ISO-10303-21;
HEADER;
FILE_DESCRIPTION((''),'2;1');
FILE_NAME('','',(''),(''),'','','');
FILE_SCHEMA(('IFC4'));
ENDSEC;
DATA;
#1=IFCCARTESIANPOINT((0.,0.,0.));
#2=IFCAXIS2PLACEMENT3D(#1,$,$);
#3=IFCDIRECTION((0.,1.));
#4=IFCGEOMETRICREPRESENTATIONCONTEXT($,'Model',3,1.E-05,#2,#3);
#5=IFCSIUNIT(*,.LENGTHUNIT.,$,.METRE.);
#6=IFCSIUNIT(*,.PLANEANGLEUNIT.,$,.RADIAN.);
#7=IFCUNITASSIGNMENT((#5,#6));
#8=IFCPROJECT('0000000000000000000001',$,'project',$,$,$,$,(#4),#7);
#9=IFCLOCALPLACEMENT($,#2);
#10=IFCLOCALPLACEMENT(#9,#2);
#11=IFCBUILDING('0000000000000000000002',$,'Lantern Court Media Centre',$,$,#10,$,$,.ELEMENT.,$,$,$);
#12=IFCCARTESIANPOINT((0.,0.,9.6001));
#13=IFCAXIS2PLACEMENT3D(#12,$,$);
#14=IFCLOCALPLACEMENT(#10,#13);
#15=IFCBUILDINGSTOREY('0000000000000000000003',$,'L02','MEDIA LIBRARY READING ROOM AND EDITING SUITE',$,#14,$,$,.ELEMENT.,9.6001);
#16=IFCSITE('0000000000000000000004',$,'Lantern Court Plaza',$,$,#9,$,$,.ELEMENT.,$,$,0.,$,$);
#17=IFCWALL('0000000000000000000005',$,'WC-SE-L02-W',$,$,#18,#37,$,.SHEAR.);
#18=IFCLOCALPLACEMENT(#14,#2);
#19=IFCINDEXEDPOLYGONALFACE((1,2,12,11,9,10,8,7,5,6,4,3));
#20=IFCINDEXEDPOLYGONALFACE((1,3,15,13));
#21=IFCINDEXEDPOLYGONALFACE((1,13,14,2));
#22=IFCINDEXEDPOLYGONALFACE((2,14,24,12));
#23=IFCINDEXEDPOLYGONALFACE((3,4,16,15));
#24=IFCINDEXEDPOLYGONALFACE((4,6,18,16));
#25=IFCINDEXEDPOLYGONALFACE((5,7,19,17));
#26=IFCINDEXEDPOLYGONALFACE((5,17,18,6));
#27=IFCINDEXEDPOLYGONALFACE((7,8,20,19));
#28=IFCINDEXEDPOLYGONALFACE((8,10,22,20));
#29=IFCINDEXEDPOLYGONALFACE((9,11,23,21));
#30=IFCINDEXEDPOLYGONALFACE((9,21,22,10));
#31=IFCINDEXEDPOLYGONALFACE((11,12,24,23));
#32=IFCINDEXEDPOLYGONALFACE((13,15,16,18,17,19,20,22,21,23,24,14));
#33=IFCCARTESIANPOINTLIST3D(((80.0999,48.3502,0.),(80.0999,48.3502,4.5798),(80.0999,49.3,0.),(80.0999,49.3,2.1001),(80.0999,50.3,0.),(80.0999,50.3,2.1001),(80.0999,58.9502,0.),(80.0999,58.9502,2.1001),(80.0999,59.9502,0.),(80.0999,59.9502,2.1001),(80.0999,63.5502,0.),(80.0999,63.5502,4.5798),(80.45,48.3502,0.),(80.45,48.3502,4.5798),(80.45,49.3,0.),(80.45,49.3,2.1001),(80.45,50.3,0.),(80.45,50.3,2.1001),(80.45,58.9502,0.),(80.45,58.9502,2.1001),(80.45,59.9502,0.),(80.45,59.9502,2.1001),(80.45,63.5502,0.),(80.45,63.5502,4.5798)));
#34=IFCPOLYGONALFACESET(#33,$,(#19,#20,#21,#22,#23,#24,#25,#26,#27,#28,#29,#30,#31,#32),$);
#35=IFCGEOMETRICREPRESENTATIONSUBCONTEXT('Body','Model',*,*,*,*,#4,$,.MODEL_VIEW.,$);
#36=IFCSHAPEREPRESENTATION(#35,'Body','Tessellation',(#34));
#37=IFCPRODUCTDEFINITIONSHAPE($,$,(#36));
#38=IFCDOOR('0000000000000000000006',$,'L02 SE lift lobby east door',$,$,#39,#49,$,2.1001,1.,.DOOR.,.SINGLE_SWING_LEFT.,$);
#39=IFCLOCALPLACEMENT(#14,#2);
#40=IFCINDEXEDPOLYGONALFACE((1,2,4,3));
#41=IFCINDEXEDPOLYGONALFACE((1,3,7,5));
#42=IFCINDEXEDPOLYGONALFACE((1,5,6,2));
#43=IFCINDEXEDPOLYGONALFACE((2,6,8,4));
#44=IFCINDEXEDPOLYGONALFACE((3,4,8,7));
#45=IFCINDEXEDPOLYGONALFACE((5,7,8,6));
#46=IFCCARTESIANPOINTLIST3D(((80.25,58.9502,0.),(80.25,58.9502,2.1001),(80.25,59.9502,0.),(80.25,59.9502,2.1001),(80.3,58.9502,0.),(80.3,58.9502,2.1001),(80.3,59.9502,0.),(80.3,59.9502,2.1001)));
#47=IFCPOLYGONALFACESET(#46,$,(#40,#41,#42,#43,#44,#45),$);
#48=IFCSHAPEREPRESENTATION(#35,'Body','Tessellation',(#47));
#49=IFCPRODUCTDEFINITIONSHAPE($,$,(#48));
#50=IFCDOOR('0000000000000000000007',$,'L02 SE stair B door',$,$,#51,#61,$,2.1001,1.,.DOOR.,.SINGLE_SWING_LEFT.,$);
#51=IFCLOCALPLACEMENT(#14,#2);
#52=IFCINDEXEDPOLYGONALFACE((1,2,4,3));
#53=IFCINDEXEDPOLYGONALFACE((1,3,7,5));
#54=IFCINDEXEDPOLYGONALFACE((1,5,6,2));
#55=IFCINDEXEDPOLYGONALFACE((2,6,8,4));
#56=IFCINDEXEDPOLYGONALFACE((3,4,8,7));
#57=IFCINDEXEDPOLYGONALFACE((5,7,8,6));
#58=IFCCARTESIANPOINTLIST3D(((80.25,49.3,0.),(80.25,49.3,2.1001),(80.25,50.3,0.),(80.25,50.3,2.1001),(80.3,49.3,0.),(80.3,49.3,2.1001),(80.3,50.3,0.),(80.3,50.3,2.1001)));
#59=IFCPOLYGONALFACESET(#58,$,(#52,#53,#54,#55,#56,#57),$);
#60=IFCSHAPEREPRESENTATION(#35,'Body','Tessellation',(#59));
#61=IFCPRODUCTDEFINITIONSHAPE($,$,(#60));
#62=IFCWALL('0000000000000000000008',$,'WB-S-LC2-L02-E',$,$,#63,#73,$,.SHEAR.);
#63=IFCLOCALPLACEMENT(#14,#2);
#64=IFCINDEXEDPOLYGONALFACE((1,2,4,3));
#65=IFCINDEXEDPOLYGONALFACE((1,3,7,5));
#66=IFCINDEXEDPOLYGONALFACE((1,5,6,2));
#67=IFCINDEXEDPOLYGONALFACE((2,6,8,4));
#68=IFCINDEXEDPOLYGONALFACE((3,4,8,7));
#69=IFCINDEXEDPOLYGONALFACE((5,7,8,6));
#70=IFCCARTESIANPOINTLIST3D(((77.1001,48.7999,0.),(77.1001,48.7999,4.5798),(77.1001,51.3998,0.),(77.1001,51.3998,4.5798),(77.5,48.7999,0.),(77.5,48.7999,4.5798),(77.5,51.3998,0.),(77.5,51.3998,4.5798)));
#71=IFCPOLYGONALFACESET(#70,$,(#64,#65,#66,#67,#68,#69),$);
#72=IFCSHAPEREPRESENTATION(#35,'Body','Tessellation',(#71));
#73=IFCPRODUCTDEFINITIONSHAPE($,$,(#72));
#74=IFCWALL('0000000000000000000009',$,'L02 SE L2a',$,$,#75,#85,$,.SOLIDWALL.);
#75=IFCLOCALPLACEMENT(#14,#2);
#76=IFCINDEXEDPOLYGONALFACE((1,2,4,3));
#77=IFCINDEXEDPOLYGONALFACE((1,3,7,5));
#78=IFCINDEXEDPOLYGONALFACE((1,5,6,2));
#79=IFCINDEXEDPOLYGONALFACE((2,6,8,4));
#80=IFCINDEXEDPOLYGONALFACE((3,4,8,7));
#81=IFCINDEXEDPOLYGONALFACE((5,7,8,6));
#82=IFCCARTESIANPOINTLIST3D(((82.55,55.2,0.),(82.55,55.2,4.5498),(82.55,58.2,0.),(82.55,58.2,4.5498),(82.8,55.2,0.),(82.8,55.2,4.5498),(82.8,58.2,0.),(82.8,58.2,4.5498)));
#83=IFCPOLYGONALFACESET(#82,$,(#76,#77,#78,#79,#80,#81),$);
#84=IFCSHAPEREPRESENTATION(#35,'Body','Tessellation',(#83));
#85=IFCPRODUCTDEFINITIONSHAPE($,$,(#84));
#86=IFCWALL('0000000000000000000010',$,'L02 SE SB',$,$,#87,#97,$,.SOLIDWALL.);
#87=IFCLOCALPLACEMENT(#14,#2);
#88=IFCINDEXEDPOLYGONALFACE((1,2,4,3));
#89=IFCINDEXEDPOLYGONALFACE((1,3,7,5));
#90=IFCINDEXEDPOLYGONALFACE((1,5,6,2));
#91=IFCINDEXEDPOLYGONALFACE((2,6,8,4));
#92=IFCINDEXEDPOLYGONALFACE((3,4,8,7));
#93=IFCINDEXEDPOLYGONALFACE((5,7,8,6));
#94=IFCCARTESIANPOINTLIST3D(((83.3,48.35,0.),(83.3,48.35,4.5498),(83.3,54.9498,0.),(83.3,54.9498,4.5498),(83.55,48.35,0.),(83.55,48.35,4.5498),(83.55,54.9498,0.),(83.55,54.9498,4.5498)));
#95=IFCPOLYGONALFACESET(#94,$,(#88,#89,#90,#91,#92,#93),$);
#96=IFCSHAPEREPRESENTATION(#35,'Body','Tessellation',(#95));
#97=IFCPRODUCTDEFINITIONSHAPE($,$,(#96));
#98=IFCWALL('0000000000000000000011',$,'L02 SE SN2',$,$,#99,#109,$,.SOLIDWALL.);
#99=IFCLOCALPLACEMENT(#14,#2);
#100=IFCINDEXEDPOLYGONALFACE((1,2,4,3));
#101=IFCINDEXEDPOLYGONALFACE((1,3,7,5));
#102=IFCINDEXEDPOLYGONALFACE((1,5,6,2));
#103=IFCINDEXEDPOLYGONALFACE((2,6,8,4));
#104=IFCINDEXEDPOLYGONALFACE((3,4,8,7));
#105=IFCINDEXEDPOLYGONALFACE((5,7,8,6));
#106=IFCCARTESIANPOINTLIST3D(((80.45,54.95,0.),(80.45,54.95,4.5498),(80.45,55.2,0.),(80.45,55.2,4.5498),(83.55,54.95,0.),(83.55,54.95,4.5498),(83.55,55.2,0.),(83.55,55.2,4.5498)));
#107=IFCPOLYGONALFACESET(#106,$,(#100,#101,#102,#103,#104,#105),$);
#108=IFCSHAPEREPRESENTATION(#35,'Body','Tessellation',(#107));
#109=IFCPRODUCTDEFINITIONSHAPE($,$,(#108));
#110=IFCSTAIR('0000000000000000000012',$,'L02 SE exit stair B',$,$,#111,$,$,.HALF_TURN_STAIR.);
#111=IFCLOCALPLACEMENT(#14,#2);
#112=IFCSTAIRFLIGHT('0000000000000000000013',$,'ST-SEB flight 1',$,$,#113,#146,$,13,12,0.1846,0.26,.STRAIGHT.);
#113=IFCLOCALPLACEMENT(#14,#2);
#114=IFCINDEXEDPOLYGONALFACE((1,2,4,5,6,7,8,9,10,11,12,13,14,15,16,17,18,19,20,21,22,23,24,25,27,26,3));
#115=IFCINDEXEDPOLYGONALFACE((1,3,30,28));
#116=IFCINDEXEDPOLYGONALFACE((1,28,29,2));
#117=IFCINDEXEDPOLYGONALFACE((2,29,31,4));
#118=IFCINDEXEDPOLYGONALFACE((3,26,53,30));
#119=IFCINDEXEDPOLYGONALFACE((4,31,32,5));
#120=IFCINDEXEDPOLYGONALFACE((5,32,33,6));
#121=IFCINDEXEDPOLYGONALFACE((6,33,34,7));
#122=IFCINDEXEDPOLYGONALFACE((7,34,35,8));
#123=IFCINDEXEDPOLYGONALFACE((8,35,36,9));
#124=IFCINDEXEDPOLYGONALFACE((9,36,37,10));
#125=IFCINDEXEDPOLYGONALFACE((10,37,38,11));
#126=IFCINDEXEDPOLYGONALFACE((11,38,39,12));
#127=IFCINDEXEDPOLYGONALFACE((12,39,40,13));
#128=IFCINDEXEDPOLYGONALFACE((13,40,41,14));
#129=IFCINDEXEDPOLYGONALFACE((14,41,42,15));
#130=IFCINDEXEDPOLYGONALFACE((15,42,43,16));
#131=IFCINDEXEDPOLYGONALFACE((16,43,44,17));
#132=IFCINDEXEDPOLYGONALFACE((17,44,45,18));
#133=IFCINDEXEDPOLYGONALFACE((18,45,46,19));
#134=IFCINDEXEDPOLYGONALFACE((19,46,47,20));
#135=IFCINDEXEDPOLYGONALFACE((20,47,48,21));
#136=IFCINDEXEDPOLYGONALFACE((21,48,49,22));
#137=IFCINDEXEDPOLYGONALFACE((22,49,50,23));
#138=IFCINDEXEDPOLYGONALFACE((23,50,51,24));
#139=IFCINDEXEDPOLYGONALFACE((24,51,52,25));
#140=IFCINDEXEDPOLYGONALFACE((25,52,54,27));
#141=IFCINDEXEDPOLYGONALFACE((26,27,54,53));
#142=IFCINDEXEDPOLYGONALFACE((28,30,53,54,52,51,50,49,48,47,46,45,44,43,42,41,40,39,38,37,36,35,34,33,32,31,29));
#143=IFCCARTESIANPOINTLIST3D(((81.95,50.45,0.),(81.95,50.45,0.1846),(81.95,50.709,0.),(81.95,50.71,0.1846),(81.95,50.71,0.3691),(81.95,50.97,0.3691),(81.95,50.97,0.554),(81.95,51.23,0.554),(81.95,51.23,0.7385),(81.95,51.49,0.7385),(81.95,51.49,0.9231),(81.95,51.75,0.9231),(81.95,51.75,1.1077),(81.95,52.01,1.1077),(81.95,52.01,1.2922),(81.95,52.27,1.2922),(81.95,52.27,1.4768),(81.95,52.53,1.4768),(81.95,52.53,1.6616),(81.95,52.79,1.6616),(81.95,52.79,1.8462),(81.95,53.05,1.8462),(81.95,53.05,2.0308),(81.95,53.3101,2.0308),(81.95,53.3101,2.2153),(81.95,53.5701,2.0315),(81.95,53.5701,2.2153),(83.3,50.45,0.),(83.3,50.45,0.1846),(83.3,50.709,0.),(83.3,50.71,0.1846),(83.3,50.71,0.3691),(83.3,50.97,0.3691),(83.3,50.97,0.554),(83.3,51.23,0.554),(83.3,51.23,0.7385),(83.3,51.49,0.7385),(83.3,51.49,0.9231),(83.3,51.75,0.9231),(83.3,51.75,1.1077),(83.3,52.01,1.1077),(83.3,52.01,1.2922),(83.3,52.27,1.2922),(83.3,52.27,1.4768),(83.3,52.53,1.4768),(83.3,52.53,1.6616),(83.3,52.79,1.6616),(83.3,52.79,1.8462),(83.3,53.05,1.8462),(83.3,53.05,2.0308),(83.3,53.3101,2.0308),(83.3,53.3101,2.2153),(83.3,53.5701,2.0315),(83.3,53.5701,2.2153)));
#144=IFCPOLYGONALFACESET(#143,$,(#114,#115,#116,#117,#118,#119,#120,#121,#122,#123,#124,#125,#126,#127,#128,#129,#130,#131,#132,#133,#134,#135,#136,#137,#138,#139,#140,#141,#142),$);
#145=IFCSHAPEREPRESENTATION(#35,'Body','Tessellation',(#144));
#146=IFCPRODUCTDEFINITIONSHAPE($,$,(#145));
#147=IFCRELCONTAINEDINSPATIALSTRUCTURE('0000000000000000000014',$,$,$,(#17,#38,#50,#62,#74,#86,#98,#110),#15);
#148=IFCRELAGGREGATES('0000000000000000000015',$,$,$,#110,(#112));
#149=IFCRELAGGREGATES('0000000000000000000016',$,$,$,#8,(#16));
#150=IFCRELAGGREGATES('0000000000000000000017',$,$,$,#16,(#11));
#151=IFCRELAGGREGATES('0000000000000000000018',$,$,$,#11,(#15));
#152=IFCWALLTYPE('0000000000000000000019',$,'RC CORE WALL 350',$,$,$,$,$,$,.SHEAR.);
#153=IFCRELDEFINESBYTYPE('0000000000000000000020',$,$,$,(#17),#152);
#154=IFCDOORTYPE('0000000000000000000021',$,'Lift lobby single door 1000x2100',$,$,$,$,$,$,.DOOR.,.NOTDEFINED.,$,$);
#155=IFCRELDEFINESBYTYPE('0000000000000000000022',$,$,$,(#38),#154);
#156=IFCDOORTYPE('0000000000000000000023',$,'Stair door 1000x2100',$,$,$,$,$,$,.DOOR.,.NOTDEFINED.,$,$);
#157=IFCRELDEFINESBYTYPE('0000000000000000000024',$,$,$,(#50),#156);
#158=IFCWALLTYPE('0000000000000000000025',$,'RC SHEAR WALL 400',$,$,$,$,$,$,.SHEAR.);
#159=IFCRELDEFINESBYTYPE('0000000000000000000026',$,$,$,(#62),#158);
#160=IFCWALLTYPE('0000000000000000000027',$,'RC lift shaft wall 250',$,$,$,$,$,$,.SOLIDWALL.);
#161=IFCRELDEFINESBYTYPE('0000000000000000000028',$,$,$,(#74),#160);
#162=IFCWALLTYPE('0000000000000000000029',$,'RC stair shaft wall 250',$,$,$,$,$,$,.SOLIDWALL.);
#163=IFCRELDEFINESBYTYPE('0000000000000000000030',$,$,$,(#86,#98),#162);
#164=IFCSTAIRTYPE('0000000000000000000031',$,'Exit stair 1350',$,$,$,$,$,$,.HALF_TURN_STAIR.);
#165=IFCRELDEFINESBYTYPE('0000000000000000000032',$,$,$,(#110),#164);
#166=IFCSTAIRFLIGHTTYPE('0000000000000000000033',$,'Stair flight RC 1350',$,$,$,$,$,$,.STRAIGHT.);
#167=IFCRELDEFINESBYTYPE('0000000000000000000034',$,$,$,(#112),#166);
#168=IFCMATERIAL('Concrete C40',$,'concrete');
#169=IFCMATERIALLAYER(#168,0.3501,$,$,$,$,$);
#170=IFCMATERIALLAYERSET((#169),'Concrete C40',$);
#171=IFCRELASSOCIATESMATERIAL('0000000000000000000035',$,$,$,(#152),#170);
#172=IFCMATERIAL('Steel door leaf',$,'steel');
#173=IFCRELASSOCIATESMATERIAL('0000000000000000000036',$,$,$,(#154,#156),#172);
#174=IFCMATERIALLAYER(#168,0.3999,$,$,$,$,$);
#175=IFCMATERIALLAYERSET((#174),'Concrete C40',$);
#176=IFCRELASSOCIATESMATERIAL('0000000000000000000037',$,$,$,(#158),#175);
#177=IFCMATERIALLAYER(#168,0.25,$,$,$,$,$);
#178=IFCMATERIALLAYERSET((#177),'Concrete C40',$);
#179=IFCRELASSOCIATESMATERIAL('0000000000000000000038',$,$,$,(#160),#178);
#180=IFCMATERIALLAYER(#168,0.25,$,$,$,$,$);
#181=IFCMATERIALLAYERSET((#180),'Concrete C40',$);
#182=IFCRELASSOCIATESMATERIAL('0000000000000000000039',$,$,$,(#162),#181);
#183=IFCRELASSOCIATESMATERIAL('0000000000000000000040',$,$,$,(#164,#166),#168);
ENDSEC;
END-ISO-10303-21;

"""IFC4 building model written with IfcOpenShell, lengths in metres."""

from ifc_helpers import new_model, si_unit, direction, frame, frame_2d, origin, place, context, subcontext, project, spatial, polyline, rectangle, outline, extrude, material, layer, layer_set, type_object, element, fill, aggregate, save


model = new_model("IFC4")

# Units and contexts
model_context = context("Model", 3, precision=1e-05, world=origin(), true_north=direction((0.0, 1.0)))
body_context = subcontext(model_context, "Body", "Model", "MODEL_VIEW")
ifc_project = project(units=[si_unit("LENGTHUNIT", "METRE"), si_unit("PLANEANGLEUNIT", "RADIAN")], contexts=[model_context])

# Site, building, storey
site_placement = place(None, origin())
site = spatial("IfcSite", under=ifc_project, at=site_placement, Name="Lantern Court Plaza", CompositionType="ELEMENT", RefElevation=0.0)
building_placement = place(site_placement, origin())
building = spatial("IfcBuilding", under=site, at=building_placement, Name="Lantern Court Media Centre", CompositionType="ELEMENT")
storey_placement = place(building_placement, frame((0.0, 0.0, 9.6001)))
storey = spatial("IfcBuildingStorey", under=building, at=storey_placement, Name="L02", Description="MEDIA LIBRARY READING ROOM AND EDITING SUITE", CompositionType="ELEMENT", Elevation=9.6001)

# Shared definitions
ifc_material_1 = material(Name="Concrete C40", Category="concrete")
ifc_layer_1 = layer(ifc_material_1, 0.3501)
ifc_layer_set_1 = layer_set([ifc_layer_1], Name="Concrete C40")
wall_type_1 = type_object("IfcWallType", Name="RC CORE WALL 350", PredefinedType="SHEAR", material=ifc_layer_set_1)

# Wall, openings, doors
wall_1_placement = place(storey_placement, frame((80.2749, 48.3501, 0.0), z_axis=(0.0, 0.0, 1.0), x_axis=(0.0, 1.0, 0.0)))
wall_1 = element("IfcWall", 1, at=wall_1_placement, inside=storey, type_object=wall_type_1, Name="WC-SE-L02-W", PredefinedType="SHEAR", context=body_context, shape_type="SweptSolid", body=[
    extrude(rectangle(XDim=15.2, YDim=0.3501, at=frame_2d((7.6001, 0.0))), origin(), (0.0, 0.0, 1.0), 4.5798),
])
opening_1_placement = place(wall_1_placement, frame((0.95, 0.0, 0.0)))
opening_1 = element("IfcOpeningElement", 2, at=opening_1_placement, cuts=wall_1, PredefinedType="OPENING", context=body_context, shape_type="SweptSolid", body=[
    extrude(rectangle(XDim=1.0, YDim=2.1001, at=frame_2d((0.5, 1.05))), frame((0.0, 0.1851, 0.0), z_axis=(0.0, -1.0, 0.0), x_axis=(1.0, 0.0, 0.0)), (0.0, 0.0, 1.0), 0.3701),
])
opening_2_placement = place(wall_1_placement, frame((10.6001, 0.0, 0.0)))
opening_2 = element("IfcOpeningElement", 3, at=opening_2_placement, cuts=wall_1, PredefinedType="OPENING", context=body_context, shape_type="SweptSolid", body=[
    extrude(rectangle(XDim=1.0, YDim=2.1001, at=frame_2d((0.5, 1.05))), frame((0.0, 0.1851, 0.0), z_axis=(0.0, -1.0, 0.0), x_axis=(1.0, 0.0, 0.0)), (0.0, 0.0, 1.0), 0.3701),
])
ifc_material_2 = material(Name="Steel door leaf", Category="steel")
door_type_1 = type_object("IfcDoorType", Name="Lift lobby single door 1000x2100", OperationType="NOTDEFINED", PredefinedType="DOOR", material=ifc_material_2)
door_1_placement = place(opening_2_placement, origin())
door_1 = element("IfcDoor", 4, at=door_1_placement, inside=storey, type_object=door_type_1, Name="L02 SE lift lobby east door", OperationType="SINGLE_SWING_LEFT", OverallHeight=2.1001, OverallWidth=1.0, PredefinedType="DOOR", context=body_context, shape_type="SweptSolid", body=[
    extrude(rectangle(XDim=1.0, YDim=2.1001, at=frame_2d((0.5, 1.05))), frame((0.0, 0.0249, 0.0), z_axis=(0.0, -1.0, 0.0), x_axis=(1.0, 0.0, 0.0)), (0.0, 0.0, 1.0), 0.05),
])
fill(opening_2, door_1)
door_type_2 = type_object("IfcDoorType", Name="Stair door 1000x2100", OperationType="NOTDEFINED", PredefinedType="DOOR", material=ifc_material_2)
door_2_placement = place(opening_1_placement, origin())
door_2 = element("IfcDoor", 5, at=door_2_placement, inside=storey, type_object=door_type_2, Name="L02 SE stair B door", OperationType="SINGLE_SWING_LEFT", OverallHeight=2.1001, OverallWidth=1.0, PredefinedType="DOOR", context=body_context, shape_type="SweptSolid", body=[
    extrude(rectangle(XDim=1.0, YDim=2.1001, at=frame_2d((0.5, 1.05))), frame((0.0, 0.0249, 0.0), z_axis=(0.0, -1.0, 0.0), x_axis=(1.0, 0.0, 0.0)), (0.0, 0.0, 1.0), 0.05),
])
fill(opening_1, door_2)

# Walls
ifc_layer_2 = layer(ifc_material_1, 0.3999)
ifc_layer_set_2 = layer_set([ifc_layer_2], Name="Concrete C40")
wall_type_2 = type_object("IfcWallType", Name="RC SHEAR WALL 400", PredefinedType="SHEAR", material=ifc_layer_set_2)
wall_2_placement = place(storey_placement, frame((77.3, 48.8, 0.0), z_axis=(0.0, 0.0, 1.0), x_axis=(0.0, 1.0, 0.0)))
element("IfcWall", 6, at=wall_2_placement, inside=storey, type_object=wall_type_2, Name="WB-S-LC2-L02-E", PredefinedType="SHEAR", context=body_context, shape_type="SweptSolid", body=[
    extrude(rectangle(XDim=2.5999, YDim=0.3999, at=frame_2d((1.2998, 0.0))), origin(), (0.0, 0.0, 1.0), 4.5798),
])
ifc_layer_3 = layer(ifc_material_1, 0.25)
ifc_layer_set_3 = layer_set([ifc_layer_3], Name="Concrete C40")
wall_type_3 = type_object("IfcWallType", Name="RC lift shaft wall 250", PredefinedType="SOLIDWALL", material=ifc_layer_set_3)
wall_3_placement = place(storey_placement, frame((82.675, 55.2, 0.0), z_axis=(0.0, 0.0, 1.0), x_axis=(0.0, 1.0, 0.0)))
element("IfcWall", 7, at=wall_3_placement, inside=storey, type_object=wall_type_3, Name="L02 SE L2a", PredefinedType="SOLIDWALL", context=body_context, shape_type="SweptSolid", body=[
    extrude(rectangle(XDim=3.0, YDim=0.25, at=frame_2d((1.5, 0.0))), origin(), (0.0, 0.0, 1.0), 4.5498),
])
ifc_layer_4 = layer(ifc_material_1, 0.25)
ifc_layer_set_4 = layer_set([ifc_layer_4], Name="Concrete C40")
wall_type_4 = type_object("IfcWallType", Name="RC stair shaft wall 250", PredefinedType="SOLIDWALL", material=ifc_layer_set_4)
wall_4_placement = place(storey_placement, frame((83.425, 48.3501, 0.0), z_axis=(0.0, 0.0, 1.0), x_axis=(0.0, 1.0, 0.0)))
element("IfcWall", 8, at=wall_4_placement, inside=storey, type_object=wall_type_4, Name="L02 SE SB", PredefinedType="SOLIDWALL", context=body_context, shape_type="SweptSolid", body=[
    extrude(rectangle(XDim=6.5999, YDim=0.25, at=frame_2d((3.2998, 0.0))), origin(), (0.0, 0.0, 1.0), 4.5498),
])
wall_5_placement = place(storey_placement, frame((83.55, 55.075, 0.0), z_axis=(0.0, 0.0, 1.0), x_axis=(-1.0, 0.0, 0.0)))
element("IfcWall", 9, at=wall_5_placement, inside=storey, type_object=wall_type_4, Name="L02 SE SN2", PredefinedType="SOLIDWALL", context=body_context, shape_type="SweptSolid", body=[
    extrude(rectangle(XDim=3.1001, YDim=0.25, at=frame_2d((1.55, 0.0))), origin(), (0.0, 0.0, 1.0), 4.5498),
])

# Stair, stair flight
stair_type = type_object("IfcStairType", Name="Exit stair 1350", PredefinedType="HALF_TURN_STAIR", material=ifc_material_1)
stair_placement = place(storey_placement, origin())
stair = element("IfcStair", 10, at=stair_placement, inside=storey, type_object=stair_type, Name="L02 SE exit stair B", PredefinedType="HALF_TURN_STAIR")
stair_flight_type = type_object("IfcStairFlightType", Name="Stair flight RC 1350", PredefinedType="STRAIGHT", material=ifc_material_1)
stair_flight_1_placement = place(storey_placement, frame((82.625, 50.45, 0.0), z_axis=(0.0, 0.0, 1.0), x_axis=(0.0, 1.0, 0.0)))
stair_flight_1 = element("IfcStairFlight", 11, at=stair_flight_1_placement, type_object=stair_flight_type, Name="ST-SEB flight 1", NumberOfRisers=13, NumberOfTreads=12, PredefinedType="STRAIGHT", RiserHeight=0.1846, TreadLength=0.26, context=body_context, shape_type="SweptSolid", body=[
    extrude(outline(polyline([(0.0, 0.0), (0.0, 0.1846), (0.26, 0.1846), (0.26, 0.3691), (0.52, 0.3691), (0.52, 0.554), (0.78, 0.554), (0.78, 0.7385), (1.04, 0.7385), (1.04, 0.9231), (1.3, 0.9231), (1.3, 1.1077), (1.5601, 1.1077), (1.5601, 1.2922), (1.8201, 1.2922), (1.8201, 1.4768), (2.0801, 1.4768), (2.0801, 1.6616), (2.3401, 1.6616), (2.3401, 1.8462), (2.6001, 1.8462), (2.6001, 2.0308), (2.8601, 2.0308), (2.8601, 2.2153), (3.1201, 2.2153), (3.1201, 2.3999), (3.1201, 2.0315), (0.259, 0.0), (0.0, 0.0)])), frame((0.0, 0.675, 0.0), z_axis=(0.0, -1.0, 0.0), x_axis=(1.0, 0.0, 0.0)), (0.0, 0.0, 1.0), 1.3501),
])
aggregate(stair, [stair_flight_1])

save(model, "model.ifc")
